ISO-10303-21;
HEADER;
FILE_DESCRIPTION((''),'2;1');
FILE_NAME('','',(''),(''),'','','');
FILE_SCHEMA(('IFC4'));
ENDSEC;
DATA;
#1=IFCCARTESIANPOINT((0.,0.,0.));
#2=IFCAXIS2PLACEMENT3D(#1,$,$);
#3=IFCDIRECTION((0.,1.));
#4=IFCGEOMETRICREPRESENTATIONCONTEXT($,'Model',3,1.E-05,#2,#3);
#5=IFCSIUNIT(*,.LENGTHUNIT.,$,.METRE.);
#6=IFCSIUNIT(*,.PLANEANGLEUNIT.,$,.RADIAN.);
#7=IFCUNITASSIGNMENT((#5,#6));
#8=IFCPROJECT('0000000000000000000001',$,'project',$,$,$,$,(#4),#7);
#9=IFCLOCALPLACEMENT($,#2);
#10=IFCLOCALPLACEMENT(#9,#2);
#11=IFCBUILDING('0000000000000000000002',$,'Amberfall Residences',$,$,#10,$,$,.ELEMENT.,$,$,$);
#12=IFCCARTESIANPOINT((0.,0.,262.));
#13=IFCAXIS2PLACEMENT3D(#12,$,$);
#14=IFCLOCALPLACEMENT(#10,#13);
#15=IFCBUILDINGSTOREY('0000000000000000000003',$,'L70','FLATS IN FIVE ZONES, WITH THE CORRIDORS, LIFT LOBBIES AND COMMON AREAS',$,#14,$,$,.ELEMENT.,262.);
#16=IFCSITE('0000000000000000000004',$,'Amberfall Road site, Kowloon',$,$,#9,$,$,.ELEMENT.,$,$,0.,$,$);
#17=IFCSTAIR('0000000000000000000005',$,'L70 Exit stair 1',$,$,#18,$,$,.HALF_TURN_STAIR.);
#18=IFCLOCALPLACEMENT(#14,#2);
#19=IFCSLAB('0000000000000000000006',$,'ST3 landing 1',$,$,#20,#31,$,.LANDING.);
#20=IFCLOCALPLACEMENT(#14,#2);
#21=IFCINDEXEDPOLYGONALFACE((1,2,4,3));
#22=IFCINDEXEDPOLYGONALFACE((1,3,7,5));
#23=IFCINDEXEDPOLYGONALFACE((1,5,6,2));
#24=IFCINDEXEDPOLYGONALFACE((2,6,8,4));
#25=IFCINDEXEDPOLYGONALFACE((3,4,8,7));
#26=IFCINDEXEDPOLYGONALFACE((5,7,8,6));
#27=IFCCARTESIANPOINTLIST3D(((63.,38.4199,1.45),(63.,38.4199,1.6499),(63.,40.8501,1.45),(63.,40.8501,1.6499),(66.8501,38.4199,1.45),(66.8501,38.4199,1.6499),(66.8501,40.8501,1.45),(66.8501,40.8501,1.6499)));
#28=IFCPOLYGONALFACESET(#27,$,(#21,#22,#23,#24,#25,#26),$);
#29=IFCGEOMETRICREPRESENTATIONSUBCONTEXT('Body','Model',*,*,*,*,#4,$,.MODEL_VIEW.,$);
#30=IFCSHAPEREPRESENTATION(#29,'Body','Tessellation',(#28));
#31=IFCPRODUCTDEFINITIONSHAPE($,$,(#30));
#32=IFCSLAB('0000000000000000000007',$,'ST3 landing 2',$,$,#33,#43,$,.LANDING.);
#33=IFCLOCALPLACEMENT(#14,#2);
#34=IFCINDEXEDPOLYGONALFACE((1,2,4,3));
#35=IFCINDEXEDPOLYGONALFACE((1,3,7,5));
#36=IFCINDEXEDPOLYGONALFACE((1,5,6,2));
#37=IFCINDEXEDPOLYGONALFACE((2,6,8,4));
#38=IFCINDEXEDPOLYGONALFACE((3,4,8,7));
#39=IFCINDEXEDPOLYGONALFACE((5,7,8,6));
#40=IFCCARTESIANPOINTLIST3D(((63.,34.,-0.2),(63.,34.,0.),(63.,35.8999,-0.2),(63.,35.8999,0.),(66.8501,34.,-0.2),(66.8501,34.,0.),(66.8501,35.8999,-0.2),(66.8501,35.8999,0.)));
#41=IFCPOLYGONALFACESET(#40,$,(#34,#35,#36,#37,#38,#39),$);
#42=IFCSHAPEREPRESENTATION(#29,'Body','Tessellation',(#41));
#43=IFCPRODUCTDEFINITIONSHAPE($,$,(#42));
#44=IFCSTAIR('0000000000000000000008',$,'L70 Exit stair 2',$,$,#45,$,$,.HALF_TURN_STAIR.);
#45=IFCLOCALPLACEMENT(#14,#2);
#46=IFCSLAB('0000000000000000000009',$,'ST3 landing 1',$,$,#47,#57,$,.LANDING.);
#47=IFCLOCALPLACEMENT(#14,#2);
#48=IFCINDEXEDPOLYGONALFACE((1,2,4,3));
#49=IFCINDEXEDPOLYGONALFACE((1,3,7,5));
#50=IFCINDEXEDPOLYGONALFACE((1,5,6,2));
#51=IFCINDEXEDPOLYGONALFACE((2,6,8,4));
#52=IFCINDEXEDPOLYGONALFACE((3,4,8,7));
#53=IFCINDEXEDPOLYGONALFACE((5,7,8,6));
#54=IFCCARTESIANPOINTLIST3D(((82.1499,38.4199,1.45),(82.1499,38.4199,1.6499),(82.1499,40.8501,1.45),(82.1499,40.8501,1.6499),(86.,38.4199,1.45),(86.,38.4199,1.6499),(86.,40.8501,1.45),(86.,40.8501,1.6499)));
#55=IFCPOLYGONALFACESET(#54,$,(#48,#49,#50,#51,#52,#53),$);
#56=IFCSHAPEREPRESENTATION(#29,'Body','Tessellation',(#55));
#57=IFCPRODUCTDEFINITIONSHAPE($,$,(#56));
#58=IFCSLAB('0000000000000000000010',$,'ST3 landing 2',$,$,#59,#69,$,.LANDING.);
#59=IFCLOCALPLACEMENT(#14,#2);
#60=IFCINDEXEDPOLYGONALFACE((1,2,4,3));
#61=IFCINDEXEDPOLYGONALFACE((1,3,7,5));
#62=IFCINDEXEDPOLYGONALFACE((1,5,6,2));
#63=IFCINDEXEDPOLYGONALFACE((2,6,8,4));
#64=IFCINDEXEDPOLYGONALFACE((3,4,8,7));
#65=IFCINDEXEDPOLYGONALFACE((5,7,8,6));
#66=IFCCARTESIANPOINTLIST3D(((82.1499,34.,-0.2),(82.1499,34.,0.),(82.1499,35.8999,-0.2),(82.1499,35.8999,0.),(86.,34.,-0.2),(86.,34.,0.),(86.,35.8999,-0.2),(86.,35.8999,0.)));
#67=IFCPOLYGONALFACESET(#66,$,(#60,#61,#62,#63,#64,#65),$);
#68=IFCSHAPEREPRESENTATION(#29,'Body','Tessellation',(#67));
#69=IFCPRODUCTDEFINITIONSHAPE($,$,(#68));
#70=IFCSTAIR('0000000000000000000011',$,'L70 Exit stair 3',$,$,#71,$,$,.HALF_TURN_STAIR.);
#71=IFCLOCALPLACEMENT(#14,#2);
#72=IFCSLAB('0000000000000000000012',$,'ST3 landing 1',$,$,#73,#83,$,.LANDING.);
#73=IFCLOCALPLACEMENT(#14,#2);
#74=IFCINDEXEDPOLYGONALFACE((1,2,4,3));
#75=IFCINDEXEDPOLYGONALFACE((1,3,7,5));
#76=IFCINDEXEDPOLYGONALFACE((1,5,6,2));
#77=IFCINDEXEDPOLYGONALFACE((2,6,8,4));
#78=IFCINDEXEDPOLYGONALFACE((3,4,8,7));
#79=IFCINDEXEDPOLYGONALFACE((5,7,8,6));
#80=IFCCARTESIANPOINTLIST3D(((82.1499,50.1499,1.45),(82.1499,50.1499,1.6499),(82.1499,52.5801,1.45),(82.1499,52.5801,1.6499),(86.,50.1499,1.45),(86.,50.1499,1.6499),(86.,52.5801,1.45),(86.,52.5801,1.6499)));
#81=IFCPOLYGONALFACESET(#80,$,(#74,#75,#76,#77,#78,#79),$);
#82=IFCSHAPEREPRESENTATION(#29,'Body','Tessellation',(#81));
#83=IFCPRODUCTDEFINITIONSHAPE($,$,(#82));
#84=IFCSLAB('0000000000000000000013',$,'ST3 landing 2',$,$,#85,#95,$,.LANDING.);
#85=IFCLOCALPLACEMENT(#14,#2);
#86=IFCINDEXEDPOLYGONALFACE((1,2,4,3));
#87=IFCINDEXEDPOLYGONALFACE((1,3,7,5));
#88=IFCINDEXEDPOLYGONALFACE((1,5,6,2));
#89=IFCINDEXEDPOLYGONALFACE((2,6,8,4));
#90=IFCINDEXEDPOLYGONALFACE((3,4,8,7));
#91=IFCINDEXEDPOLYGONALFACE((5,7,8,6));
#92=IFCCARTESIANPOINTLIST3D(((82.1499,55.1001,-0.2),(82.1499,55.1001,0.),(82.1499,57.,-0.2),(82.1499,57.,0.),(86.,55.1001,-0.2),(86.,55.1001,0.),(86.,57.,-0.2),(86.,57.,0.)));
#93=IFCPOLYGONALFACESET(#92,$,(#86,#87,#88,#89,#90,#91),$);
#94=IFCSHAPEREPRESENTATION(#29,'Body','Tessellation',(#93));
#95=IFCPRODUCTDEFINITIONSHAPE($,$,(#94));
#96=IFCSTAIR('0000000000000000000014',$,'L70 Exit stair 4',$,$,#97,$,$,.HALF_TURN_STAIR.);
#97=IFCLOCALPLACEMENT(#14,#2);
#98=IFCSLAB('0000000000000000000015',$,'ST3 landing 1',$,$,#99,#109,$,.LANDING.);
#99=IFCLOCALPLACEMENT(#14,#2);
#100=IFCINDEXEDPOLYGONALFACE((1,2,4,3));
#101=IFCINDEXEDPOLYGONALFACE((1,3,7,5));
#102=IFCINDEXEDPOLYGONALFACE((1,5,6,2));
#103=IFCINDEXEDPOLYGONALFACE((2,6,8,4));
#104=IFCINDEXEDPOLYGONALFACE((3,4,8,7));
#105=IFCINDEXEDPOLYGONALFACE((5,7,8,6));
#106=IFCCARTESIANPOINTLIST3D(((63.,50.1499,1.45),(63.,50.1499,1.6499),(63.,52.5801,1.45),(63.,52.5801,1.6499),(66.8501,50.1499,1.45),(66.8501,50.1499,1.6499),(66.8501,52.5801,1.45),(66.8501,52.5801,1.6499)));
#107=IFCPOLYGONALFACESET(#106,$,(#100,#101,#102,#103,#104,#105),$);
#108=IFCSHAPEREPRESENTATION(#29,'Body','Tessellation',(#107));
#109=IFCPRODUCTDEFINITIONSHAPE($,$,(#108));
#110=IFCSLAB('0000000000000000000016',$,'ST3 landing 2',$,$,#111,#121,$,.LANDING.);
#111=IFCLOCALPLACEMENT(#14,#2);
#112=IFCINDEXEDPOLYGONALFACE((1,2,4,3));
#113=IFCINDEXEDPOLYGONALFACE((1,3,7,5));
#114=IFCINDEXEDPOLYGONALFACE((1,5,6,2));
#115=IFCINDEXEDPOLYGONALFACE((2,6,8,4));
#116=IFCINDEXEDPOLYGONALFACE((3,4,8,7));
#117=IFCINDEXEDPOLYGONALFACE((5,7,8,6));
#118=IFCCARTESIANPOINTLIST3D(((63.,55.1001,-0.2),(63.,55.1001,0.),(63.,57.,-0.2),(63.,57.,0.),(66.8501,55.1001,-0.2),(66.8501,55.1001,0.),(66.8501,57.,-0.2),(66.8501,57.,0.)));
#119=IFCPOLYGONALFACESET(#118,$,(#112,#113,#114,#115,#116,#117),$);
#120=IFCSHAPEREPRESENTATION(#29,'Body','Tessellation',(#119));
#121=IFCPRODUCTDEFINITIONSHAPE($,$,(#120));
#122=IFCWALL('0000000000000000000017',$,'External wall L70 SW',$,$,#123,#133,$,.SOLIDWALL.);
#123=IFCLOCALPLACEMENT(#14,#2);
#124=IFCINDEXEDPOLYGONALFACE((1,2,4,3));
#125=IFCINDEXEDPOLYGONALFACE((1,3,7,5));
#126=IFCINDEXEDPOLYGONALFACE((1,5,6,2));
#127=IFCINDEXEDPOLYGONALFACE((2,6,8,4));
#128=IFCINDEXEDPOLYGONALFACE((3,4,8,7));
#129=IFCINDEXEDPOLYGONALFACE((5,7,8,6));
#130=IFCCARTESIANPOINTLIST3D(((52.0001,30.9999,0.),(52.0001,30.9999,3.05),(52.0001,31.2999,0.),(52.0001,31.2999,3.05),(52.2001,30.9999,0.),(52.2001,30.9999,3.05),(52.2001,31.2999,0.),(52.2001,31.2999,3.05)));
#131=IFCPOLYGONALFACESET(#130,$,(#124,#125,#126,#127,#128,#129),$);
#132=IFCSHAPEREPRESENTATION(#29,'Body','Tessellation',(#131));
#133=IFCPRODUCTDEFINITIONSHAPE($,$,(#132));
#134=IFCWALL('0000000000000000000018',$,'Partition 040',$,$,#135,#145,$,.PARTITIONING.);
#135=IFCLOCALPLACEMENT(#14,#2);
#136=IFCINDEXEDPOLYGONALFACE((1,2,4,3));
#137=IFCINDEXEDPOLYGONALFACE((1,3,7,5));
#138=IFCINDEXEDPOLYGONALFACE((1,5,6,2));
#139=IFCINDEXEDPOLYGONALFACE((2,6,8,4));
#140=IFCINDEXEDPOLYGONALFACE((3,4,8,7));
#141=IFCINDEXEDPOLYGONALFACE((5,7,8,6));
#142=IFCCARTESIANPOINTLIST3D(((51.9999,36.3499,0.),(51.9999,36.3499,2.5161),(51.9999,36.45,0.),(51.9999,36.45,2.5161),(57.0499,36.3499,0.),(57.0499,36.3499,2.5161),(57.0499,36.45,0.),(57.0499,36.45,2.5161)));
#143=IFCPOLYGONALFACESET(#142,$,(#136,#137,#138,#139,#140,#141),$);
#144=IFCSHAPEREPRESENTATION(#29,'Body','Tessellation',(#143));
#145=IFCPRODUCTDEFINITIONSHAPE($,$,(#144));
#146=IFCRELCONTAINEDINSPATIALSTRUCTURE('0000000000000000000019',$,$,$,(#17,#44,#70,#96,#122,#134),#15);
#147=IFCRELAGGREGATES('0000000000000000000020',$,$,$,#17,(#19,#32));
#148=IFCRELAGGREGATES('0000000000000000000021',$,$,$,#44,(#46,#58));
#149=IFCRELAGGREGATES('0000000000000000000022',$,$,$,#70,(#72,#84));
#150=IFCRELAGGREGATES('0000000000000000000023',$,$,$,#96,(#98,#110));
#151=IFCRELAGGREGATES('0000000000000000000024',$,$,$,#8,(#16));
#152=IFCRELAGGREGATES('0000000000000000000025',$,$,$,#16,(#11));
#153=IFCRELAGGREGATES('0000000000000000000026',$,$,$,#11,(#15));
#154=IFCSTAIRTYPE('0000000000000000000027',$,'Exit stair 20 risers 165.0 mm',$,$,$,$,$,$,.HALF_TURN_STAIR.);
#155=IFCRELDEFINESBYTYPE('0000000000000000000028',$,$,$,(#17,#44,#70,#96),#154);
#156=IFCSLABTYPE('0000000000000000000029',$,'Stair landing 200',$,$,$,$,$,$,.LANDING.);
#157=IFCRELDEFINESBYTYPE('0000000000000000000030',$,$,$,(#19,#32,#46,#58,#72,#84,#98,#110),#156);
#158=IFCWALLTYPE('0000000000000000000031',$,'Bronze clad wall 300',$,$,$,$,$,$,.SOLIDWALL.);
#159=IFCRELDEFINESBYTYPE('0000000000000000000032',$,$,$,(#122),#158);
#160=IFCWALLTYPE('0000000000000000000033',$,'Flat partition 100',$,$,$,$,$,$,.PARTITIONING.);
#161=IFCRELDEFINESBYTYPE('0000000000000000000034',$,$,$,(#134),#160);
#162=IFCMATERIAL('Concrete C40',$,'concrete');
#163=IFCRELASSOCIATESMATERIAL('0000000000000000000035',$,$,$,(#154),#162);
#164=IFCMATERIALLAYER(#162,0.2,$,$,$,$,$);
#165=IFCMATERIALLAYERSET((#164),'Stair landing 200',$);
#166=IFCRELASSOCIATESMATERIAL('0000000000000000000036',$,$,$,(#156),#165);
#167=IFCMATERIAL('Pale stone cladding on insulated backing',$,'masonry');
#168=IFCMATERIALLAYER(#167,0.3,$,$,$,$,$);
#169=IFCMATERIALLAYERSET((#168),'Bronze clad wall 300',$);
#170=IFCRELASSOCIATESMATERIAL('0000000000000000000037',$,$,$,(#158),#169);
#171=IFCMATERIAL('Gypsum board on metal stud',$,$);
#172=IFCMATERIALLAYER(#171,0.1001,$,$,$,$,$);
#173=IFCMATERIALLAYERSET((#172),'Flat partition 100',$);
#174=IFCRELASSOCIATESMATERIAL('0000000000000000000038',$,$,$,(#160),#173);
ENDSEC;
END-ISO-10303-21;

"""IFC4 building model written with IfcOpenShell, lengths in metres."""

from ifc_helpers import new_model, si_unit, direction, frame, frame_2d, origin, place, context, subcontext, project, spatial, polyline, rectangle, outline, extrude, material, layer, layer_set, type_object, element, aggregate, save


model = new_model("IFC4")

# Units and contexts
model_context = context("Model", 3, precision=1e-05, world=origin(), true_north=direction((0.0, 1.0)))
body_context = subcontext(model_context, "Body", "Model", "MODEL_VIEW")
ifc_project = project(units=[si_unit("LENGTHUNIT", "METRE"), si_unit("PLANEANGLEUNIT", "RADIAN")], contexts=[model_context])

# Site, building, storey
site_placement = place(None, origin())
site = spatial("IfcSite", under=ifc_project, at=site_placement, Name="Amberfall Road site, Kowloon", CompositionType="ELEMENT", RefElevation=0.0)
building_placement = place(site_placement, origin())
building = spatial("IfcBuilding", under=site, at=building_placement, Name="Amberfall Residences", CompositionType="ELEMENT")
storey_placement = place(building_placement, frame((0.0, 0.0, 262.0)))
storey = spatial("IfcBuildingStorey", under=building, at=storey_placement, Name="L70", Description="FLATS IN FIVE ZONES, WITH THE CORRIDORS, LIFT LOBBIES AND COMMON AREAS", CompositionType="ELEMENT", Elevation=262.0)

# Stairs, slabs
ifc_material_1 = material(Name="Concrete C40", Category="concrete")
stair_type = type_object("IfcStairType", Name="Exit stair 20 risers 165.0 mm", PredefinedType="HALF_TURN_STAIR", material=ifc_material_1)
stair_1_placement = place(storey_placement, origin())
stair_1 = element("IfcStair", 1, at=stair_1_placement, inside=storey, type_object=stair_type, Name="L70 Exit stair 1", PredefinedType="HALF_TURN_STAIR")
ifc_layer_1 = layer(ifc_material_1, 0.2)
ifc_layer_set_1 = layer_set([ifc_layer_1], Name="Stair landing 200")
slab_type_1 = type_object("IfcSlabType", Name="Stair landing 200", PredefinedType="LANDING", material=ifc_layer_set_1)
slab_1_placement = place(storey_placement, frame((0.0, 0.0, 1.45)))
slab_1 = element("IfcSlab", 2, at=slab_1_placement, type_object=slab_type_1, Name="ST3 landing 1", PredefinedType="LANDING", context=body_context, shape_type="SweptSolid", body=[
    extrude(outline(polyline([(66.8501, 38.4199), (66.8501, 40.8501), (63.0, 40.8501), (63.0, 38.4199), (66.8501, 38.4199)])), origin(), (0.0, 0.0, 1.0), 0.2),
])
slab_2_placement = place(storey_placement, frame((0.0, 0.0, -0.2)))
slab_2 = element("IfcSlab", 3, at=slab_2_placement, type_object=slab_type_1, Name="ST3 landing 2", PredefinedType="LANDING", context=body_context, shape_type="SweptSolid", body=[
    extrude(outline(polyline([(66.8501, 34.0), (66.8501, 35.8999), (63.0, 35.8999), (63.0, 34.0), (66.8501, 34.0)])), origin(), (0.0, 0.0, 1.0), 0.2),
])
aggregate(stair_1, [slab_1, slab_2])
stair_2_placement = place(storey_placement, origin())
stair_2 = element("IfcStair", 4, at=stair_2_placement, inside=storey, type_object=stair_type, Name="L70 Exit stair 2", PredefinedType="HALF_TURN_STAIR")
slab_3_placement = place(storey_placement, frame((0.0, 0.0, 1.45)))
slab_3 = element("IfcSlab", 5, at=slab_3_placement, type_object=slab_type_1, Name="ST3 landing 1", PredefinedType="LANDING", context=body_context, shape_type="SweptSolid", body=[
    extrude(outline(polyline([(86.0, 38.4199), (86.0, 40.8501), (82.1499, 40.8501), (82.1499, 38.4199), (86.0, 38.4199)])), origin(), (0.0, 0.0, 1.0), 0.2),
])
slab_4_placement = place(storey_placement, frame((0.0, 0.0, -0.2)))
slab_4 = element("IfcSlab", 6, at=slab_4_placement, type_object=slab_type_1, Name="ST3 landing 2", PredefinedType="LANDING", context=body_context, shape_type="SweptSolid", body=[
    extrude(outline(polyline([(86.0, 34.0), (86.0, 35.8999), (82.1499, 35.8999), (82.1499, 34.0), (86.0, 34.0)])), origin(), (0.0, 0.0, 1.0), 0.2),
])
aggregate(stair_2, [slab_3, slab_4])
stair_3_placement = place(storey_placement, origin())
stair_3 = element("IfcStair", 7, at=stair_3_placement, inside=storey, type_object=stair_type, Name="L70 Exit stair 3", PredefinedType="HALF_TURN_STAIR")
slab_5_placement = place(storey_placement, frame((0.0, 0.0, 1.45)))
slab_5 = element("IfcSlab", 8, at=slab_5_placement, type_object=slab_type_1, Name="ST3 landing 1", PredefinedType="LANDING", context=body_context, shape_type="SweptSolid", body=[
    extrude(outline(polyline([(82.1499, 52.5801), (82.1499, 50.1499), (86.0, 50.1499), (86.0, 52.5801), (82.1499, 52.5801)])), origin(), (0.0, 0.0, 1.0), 0.2),
])
slab_6_placement = place(storey_placement, frame((0.0, 0.0, -0.2)))
slab_6 = element("IfcSlab", 9, at=slab_6_placement, type_object=slab_type_1, Name="ST3 landing 2", PredefinedType="LANDING", context=body_context, shape_type="SweptSolid", body=[
    extrude(outline(polyline([(82.1499, 57.0), (82.1499, 55.1001), (86.0, 55.1001), (86.0, 57.0), (82.1499, 57.0)])), origin(), (0.0, 0.0, 1.0), 0.2),
])
aggregate(stair_3, [slab_5, slab_6])
stair_4_placement = place(storey_placement, origin())
stair_4 = element("IfcStair", 10, at=stair_4_placement, inside=storey, type_object=stair_type, Name="L70 Exit stair 4", PredefinedType="HALF_TURN_STAIR")
slab_7_placement = place(storey_placement, frame((0.0, 0.0, 1.45)))
slab_7 = element("IfcSlab", 11, at=slab_7_placement, type_object=slab_type_1, Name="ST3 landing 1", PredefinedType="LANDING", context=body_context, shape_type="SweptSolid", body=[
    extrude(outline(polyline([(63.0, 52.5801), (63.0, 50.1499), (66.8501, 50.1499), (66.8501, 52.5801), (63.0, 52.5801)])), origin(), (0.0, 0.0, 1.0), 0.2),
])
slab_8_placement = place(storey_placement, frame((0.0, 0.0, -0.2)))
slab_8 = element("IfcSlab", 12, at=slab_8_placement, type_object=slab_type_1, Name="ST3 landing 2", PredefinedType="LANDING", context=body_context, shape_type="SweptSolid", body=[
    extrude(outline(polyline([(63.0, 57.0), (63.0, 55.1001), (66.8501, 55.1001), (66.8501, 57.0), (63.0, 57.0)])), origin(), (0.0, 0.0, 1.0), 0.2),
])
aggregate(stair_4, [slab_7, slab_8])

# Walls
ifc_material_2 = material(Name="Pale stone cladding on insulated backing", Category="masonry")
ifc_layer_2 = layer(ifc_material_2, 0.3)
ifc_layer_set_2 = layer_set([ifc_layer_2], Name="Bronze clad wall 300")
wall_type_1 = type_object("IfcWallType", Name="Bronze clad wall 300", PredefinedType="SOLIDWALL", material=ifc_layer_set_2)
wall_1_placement = place(storey_placement, frame((52.0, 31.1499, 0.0), z_axis=(0.0, 0.0, 1.0), x_axis=(1.0, 0.0, 0.0)))
element("IfcWall", 13, at=wall_1_placement, inside=storey, type_object=wall_type_1, Name="External wall L70 SW", PredefinedType="SOLIDWALL", context=body_context, shape_type="SweptSolid", body=[
    extrude(rectangle(XDim=0.2, YDim=0.3, at=frame_2d((0.1001, 0.0))), origin(), (0.0, 0.0, 1.0), 3.05),
])
ifc_material_3 = material(Name="Gypsum board on metal stud")
ifc_layer_3 = layer(ifc_material_3, 0.1001)
ifc_layer_set_3 = layer_set([ifc_layer_3], Name="Flat partition 100")
wall_type_2 = type_object("IfcWallType", Name="Flat partition 100", PredefinedType="PARTITIONING", material=ifc_layer_set_3)
wall_2_placement = place(storey_placement, frame((52.0, 36.3999, 0.0), z_axis=(0.0, 0.0, 1.0), x_axis=(1.0, 0.0, 0.0)))
element("IfcWall", 14, at=wall_2_placement, inside=storey, type_object=wall_type_2, Name="Partition 040", PredefinedType="PARTITIONING", context=body_context, shape_type="SweptSolid", body=[
    extrude(rectangle(XDim=5.05, YDim=0.1001, at=frame_2d((2.5249, 0.0))), origin(), (0.0, 0.0, 1.0), 2.5161),
])

save(model, "model.ifc")
